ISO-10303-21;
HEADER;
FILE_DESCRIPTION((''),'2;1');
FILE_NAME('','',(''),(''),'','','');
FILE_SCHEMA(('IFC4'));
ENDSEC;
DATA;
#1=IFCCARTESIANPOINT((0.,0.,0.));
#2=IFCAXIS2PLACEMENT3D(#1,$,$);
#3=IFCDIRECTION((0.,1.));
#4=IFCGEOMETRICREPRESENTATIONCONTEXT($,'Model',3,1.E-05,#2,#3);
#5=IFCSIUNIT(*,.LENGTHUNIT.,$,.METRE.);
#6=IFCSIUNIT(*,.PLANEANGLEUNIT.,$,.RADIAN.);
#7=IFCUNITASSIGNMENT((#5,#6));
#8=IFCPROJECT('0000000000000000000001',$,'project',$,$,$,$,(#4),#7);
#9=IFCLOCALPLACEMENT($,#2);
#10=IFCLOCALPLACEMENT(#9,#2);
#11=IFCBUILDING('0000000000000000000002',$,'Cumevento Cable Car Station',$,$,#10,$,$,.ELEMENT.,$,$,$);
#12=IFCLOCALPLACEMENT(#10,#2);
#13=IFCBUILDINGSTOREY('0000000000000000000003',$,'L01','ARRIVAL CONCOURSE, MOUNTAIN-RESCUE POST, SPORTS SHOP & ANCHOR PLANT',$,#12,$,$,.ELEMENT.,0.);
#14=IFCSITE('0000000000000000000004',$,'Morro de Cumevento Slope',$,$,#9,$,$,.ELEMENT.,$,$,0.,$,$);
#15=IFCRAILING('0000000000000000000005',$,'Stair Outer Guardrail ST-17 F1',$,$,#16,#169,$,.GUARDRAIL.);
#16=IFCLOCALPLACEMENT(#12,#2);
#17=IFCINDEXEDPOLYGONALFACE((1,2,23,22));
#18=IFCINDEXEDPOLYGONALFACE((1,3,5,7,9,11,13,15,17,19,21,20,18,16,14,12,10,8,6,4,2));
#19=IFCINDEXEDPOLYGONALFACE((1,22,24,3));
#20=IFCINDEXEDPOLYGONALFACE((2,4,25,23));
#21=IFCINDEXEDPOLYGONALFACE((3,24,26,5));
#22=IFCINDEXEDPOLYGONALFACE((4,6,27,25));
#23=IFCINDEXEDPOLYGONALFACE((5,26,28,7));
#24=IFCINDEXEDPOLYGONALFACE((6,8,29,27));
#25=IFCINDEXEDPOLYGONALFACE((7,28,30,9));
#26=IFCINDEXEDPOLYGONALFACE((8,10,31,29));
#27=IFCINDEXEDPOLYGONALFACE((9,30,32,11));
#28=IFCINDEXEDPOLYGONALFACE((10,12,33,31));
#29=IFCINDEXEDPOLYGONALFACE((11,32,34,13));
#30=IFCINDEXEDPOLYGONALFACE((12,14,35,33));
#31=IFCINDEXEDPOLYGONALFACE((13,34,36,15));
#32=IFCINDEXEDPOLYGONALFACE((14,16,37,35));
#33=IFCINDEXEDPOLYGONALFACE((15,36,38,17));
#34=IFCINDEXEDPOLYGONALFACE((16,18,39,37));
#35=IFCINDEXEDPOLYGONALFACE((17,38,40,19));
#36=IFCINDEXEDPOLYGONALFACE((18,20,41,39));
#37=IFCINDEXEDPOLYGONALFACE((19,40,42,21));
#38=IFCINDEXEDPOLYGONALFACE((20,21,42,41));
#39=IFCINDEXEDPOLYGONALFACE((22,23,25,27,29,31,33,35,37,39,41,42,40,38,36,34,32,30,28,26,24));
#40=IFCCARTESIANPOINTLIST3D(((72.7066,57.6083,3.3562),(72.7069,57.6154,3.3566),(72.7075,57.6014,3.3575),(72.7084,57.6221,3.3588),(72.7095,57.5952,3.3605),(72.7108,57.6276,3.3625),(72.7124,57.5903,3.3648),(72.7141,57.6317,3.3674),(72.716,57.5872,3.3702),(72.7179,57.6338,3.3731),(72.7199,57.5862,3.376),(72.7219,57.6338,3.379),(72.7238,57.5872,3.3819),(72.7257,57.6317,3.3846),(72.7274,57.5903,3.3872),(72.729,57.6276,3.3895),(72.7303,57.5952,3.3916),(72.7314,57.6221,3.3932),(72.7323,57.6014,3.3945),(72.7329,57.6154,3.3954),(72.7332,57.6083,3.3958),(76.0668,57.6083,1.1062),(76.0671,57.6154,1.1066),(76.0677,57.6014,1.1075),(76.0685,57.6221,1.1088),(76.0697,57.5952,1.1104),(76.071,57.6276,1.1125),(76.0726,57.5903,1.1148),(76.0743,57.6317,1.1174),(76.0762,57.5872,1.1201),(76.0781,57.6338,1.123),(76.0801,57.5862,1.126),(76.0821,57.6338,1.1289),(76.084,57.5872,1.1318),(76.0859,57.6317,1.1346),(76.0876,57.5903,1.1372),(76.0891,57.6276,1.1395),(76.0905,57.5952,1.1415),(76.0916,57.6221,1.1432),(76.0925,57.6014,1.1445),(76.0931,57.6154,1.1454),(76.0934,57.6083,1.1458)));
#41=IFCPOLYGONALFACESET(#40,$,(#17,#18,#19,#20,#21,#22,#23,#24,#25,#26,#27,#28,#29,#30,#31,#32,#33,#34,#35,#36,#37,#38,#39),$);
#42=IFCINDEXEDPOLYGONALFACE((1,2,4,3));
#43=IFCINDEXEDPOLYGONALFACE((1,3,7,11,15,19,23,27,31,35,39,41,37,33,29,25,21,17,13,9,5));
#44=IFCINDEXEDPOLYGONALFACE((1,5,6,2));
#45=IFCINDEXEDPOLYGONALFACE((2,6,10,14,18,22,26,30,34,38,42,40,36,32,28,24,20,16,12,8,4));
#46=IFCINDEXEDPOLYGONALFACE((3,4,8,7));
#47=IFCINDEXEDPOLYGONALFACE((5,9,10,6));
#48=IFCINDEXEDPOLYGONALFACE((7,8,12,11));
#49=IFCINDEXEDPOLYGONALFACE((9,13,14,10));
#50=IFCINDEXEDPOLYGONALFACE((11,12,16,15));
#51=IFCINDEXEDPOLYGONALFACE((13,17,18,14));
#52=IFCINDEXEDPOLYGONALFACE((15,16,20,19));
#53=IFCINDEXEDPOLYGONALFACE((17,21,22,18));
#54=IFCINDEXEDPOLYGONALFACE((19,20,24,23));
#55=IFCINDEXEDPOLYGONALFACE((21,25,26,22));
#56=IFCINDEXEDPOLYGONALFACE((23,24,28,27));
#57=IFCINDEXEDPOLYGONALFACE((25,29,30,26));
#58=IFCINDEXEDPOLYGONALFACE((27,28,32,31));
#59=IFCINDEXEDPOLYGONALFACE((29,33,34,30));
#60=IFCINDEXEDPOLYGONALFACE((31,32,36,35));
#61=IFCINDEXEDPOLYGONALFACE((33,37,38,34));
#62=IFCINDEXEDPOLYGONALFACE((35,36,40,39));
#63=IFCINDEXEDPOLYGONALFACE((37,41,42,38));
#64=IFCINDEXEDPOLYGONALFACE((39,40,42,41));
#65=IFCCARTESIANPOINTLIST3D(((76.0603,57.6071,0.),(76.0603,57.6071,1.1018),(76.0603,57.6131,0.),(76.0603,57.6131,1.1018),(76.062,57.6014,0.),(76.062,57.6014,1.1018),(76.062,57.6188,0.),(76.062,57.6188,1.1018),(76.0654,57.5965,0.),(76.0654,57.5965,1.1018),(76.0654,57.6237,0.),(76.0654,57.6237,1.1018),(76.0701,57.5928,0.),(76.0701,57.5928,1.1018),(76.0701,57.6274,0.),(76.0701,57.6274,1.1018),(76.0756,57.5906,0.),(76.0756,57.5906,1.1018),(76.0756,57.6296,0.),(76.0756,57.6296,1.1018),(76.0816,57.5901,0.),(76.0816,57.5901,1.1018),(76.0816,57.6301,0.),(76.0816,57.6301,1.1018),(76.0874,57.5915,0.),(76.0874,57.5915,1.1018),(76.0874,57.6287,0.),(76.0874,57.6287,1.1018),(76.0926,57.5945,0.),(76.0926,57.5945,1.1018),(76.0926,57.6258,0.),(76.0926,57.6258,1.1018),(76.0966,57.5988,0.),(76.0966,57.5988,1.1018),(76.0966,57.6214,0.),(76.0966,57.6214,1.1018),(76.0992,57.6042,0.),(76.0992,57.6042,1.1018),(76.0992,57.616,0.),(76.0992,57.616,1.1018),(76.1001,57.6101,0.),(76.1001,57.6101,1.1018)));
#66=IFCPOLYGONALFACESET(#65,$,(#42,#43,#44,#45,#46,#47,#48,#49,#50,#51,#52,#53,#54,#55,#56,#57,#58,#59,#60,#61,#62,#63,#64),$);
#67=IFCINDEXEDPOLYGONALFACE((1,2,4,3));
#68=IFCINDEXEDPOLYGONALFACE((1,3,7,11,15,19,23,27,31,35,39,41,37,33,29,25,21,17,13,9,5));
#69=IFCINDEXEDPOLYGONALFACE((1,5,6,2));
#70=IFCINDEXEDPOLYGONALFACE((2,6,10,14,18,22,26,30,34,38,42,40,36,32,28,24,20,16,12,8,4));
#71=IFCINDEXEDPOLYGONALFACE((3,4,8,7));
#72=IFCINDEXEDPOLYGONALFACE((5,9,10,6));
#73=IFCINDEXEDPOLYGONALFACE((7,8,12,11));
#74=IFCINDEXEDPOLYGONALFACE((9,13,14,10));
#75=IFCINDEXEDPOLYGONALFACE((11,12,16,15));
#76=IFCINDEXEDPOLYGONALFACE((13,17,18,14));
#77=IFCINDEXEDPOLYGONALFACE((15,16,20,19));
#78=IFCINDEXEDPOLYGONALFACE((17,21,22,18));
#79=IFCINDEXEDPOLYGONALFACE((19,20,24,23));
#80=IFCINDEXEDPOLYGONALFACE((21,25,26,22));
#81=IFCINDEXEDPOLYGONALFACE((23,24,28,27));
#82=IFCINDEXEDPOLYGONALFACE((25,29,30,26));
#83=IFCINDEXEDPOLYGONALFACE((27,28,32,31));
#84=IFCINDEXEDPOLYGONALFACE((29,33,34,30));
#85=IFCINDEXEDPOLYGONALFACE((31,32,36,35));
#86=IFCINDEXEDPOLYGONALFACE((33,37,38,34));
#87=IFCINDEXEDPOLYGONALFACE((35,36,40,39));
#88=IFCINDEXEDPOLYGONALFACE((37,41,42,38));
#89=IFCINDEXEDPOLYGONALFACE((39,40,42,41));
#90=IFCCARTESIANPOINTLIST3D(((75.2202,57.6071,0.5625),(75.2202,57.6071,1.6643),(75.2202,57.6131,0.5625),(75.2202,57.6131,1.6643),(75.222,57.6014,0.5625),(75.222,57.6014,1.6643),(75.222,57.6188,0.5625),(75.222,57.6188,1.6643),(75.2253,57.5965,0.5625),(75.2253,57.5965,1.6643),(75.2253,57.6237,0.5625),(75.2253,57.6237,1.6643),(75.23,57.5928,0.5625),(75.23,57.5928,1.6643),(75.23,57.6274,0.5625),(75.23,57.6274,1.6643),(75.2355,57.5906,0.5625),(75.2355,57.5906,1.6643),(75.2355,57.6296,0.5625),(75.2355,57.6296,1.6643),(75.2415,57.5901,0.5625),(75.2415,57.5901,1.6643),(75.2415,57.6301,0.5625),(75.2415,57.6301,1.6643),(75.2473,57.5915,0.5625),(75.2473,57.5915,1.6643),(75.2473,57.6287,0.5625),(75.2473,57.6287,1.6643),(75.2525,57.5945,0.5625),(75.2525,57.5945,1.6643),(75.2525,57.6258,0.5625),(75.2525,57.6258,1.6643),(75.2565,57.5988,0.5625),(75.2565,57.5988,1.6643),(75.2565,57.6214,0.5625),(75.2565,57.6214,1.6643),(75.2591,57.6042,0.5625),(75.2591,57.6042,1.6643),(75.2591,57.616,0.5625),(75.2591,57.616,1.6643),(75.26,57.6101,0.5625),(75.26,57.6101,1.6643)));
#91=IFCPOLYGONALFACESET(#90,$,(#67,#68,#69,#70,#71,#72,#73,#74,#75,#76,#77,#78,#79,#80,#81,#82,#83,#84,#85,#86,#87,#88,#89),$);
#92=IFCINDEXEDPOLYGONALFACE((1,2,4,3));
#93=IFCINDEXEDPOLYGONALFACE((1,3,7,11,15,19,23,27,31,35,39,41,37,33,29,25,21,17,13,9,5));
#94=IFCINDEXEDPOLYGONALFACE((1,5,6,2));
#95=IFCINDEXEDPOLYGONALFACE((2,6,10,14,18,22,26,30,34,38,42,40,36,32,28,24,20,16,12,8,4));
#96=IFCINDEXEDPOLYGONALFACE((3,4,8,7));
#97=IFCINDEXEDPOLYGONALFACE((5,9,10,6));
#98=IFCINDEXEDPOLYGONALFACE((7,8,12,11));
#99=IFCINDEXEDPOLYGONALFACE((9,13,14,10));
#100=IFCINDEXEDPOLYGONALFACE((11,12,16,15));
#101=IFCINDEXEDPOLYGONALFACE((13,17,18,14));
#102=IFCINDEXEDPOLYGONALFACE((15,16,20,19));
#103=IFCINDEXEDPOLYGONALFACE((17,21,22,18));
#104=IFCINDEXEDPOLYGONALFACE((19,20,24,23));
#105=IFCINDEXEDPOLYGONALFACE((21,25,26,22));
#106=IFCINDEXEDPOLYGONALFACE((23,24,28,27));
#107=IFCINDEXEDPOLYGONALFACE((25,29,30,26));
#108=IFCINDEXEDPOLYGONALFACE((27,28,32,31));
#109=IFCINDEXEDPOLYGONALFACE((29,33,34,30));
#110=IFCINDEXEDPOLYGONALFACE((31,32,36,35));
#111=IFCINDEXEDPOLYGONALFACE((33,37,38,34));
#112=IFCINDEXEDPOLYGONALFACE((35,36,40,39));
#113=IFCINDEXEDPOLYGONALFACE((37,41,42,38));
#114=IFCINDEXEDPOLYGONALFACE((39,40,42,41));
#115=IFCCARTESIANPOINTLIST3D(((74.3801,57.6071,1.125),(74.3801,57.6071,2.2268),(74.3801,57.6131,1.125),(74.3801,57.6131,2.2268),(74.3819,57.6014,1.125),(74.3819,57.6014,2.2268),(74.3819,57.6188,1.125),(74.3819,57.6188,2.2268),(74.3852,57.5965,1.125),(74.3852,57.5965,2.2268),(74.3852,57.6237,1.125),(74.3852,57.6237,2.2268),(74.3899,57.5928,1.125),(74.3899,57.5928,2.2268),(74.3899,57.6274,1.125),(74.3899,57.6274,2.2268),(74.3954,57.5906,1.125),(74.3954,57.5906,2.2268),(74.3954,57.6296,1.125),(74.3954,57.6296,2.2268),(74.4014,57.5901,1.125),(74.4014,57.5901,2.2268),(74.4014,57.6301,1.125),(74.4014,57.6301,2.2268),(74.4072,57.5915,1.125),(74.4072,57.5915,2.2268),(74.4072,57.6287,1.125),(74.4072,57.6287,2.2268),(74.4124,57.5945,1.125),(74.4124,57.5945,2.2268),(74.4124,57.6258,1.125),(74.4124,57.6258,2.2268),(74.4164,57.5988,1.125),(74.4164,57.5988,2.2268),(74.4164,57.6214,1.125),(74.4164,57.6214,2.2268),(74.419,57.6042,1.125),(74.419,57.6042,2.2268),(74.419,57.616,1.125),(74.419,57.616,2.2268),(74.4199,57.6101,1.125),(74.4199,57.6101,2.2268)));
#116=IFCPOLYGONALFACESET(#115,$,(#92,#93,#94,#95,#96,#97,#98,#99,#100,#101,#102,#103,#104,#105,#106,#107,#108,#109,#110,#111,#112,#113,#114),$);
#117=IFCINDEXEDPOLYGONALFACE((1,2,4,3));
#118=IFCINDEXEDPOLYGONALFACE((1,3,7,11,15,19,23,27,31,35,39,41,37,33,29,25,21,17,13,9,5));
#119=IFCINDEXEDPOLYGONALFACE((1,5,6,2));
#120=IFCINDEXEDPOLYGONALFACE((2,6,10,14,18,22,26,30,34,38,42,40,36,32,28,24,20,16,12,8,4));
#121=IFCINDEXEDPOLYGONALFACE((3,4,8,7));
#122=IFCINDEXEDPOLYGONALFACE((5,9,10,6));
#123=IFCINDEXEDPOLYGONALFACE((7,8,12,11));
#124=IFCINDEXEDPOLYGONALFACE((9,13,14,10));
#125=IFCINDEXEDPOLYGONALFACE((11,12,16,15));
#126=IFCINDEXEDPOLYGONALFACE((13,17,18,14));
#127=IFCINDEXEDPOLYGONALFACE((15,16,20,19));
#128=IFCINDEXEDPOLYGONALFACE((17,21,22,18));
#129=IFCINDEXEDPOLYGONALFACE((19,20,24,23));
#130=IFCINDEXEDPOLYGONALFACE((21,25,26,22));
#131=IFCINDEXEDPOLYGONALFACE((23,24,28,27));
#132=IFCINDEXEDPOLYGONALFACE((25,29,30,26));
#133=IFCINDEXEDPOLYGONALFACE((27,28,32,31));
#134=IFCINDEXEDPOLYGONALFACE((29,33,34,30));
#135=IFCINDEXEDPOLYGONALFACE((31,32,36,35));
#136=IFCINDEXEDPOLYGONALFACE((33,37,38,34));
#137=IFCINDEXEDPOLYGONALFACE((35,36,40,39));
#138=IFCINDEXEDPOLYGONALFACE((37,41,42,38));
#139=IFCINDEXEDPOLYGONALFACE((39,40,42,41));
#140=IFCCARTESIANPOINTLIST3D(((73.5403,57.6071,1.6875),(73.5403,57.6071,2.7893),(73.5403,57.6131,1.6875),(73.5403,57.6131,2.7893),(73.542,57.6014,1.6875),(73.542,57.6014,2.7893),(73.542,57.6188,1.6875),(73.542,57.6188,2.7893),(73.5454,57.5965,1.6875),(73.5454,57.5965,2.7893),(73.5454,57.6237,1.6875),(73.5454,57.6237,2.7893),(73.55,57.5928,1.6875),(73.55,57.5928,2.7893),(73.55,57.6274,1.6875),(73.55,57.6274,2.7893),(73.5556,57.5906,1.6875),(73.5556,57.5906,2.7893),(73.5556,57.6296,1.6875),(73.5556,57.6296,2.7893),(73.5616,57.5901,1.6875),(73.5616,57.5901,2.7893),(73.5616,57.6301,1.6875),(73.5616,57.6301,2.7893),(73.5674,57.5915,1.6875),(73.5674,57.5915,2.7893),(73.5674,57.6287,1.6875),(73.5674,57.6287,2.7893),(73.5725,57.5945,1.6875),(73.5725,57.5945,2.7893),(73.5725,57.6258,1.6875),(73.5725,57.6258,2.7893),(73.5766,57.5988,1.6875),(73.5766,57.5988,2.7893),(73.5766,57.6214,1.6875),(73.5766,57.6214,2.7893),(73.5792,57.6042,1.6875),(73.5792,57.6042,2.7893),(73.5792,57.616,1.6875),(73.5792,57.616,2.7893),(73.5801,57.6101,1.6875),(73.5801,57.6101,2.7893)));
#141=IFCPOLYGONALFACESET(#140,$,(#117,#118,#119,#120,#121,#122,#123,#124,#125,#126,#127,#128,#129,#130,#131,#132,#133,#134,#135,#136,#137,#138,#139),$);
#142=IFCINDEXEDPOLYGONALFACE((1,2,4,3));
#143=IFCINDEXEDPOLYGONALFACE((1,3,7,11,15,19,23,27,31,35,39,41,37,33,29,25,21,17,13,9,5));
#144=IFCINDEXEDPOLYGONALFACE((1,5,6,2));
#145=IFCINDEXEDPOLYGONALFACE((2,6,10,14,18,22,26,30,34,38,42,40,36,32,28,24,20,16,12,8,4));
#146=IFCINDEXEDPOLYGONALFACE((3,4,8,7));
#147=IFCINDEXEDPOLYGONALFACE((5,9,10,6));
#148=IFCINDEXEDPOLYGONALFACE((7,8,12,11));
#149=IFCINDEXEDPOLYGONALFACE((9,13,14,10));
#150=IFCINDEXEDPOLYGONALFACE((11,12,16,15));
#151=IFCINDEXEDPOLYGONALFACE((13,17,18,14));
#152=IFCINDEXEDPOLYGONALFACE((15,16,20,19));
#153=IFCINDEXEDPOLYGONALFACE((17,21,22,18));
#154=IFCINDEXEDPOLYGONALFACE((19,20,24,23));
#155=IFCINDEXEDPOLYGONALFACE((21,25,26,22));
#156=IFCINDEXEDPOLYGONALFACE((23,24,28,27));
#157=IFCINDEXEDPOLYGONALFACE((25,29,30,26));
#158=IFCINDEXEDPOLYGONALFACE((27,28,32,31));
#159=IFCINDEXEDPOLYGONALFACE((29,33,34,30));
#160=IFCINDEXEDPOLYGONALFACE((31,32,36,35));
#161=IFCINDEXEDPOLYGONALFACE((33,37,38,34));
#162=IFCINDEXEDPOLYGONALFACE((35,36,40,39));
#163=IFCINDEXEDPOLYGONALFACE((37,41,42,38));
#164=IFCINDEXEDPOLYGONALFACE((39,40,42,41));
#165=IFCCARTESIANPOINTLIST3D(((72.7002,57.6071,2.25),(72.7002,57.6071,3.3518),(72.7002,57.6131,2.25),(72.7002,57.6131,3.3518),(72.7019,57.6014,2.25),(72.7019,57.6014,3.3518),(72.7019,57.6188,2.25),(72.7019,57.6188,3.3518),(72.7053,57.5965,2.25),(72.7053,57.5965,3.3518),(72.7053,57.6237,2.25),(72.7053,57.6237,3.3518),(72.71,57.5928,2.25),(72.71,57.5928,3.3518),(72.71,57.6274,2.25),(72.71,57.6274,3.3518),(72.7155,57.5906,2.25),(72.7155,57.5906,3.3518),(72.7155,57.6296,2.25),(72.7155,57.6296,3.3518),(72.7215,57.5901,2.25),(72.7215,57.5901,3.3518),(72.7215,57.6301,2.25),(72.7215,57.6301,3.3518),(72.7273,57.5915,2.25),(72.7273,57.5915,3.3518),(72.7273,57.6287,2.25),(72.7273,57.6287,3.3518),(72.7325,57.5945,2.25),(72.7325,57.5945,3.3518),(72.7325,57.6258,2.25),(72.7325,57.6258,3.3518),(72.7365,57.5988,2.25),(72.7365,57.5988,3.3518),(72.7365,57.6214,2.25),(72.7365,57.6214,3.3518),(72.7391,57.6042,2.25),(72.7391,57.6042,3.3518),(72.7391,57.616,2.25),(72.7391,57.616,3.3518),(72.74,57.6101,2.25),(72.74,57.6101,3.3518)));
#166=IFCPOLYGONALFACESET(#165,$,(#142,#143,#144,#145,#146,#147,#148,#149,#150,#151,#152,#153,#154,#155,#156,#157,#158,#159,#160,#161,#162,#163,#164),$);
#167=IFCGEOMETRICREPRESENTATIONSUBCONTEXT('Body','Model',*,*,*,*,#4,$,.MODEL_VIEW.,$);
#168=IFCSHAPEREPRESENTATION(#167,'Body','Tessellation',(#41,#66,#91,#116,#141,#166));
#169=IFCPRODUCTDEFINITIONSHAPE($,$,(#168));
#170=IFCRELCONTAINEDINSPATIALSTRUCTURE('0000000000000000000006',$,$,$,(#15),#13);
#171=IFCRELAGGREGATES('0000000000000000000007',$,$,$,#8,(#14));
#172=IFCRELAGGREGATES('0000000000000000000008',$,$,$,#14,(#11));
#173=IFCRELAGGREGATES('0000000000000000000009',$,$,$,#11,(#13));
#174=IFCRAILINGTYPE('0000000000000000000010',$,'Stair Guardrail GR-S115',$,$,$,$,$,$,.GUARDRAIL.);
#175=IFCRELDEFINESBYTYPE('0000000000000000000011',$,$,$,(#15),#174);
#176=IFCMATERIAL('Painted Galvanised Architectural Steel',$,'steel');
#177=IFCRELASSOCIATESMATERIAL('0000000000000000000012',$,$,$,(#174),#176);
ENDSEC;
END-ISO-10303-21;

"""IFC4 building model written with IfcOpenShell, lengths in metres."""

from ifc_helpers import new_model, si_unit, direction, frame, origin, origin_2d, place, context, subcontext, project, spatial, circle, extrude, material, type_object, element, save


model = new_model("IFC4")

# Units and contexts
model_context = context("Model", 3, precision=1e-05, world=origin(), true_north=direction((0.0, 1.0)))
body_context = subcontext(model_context, "Body", "Model", "MODEL_VIEW")
ifc_project = project(units=[si_unit("LENGTHUNIT", "METRE"), si_unit("PLANEANGLEUNIT", "RADIAN")], contexts=[model_context])

# Site, building, storey
site_placement = place(None, origin())
site = spatial("IfcSite", under=ifc_project, at=site_placement, Name="Morro de Cumevento Slope", CompositionType="ELEMENT", RefElevation=0.0)
building_placement = place(site_placement, origin())
building = spatial("IfcBuilding", under=site, at=building_placement, Name="Cumevento Cable Car Station", CompositionType="ELEMENT")
storey_placement = place(building_placement, origin())
storey = spatial("IfcBuildingStorey", under=building, at=storey_placement, Name="L01", Description="ARRIVAL CONCOURSE, MOUNTAIN-RESCUE POST, SPORTS SHOP & ANCHOR PLANT", CompositionType="ELEMENT", Elevation=0.0)

# Railing
ifc_material_1 = material(Name="Painted Galvanised Architectural Steel", Category="steel")
railing_type_1 = type_object("IfcRailingType", Name="Stair Guardrail GR-S115", PredefinedType="GUARDRAIL", material=ifc_material_1)
railing_1_placement = place(storey_placement, frame((76.0801, 57.6101, 0.0)))
element("IfcRailing", 1, at=railing_1_placement, inside=storey, type_object=railing_type_1, Name="Stair Outer Guardrail ST-17 F1", PredefinedType="GUARDRAIL", context=body_context, shape_type="SweptSolid", body=[
    extrude(circle(Radius=0.0239, at=origin_2d()), frame((0.0, 0.0, 1.126), z_axis=(-0.830915, 0.0, 0.556399), x_axis=(0.0, -1.0, 0.0)), (0.0, 0.0, 1.0), 4.0439),
    extrude(circle(Radius=0.02, at=origin_2d()), origin(), (0.0, 0.0, 1.0), 1.1018),
    extrude(circle(Radius=0.02, at=origin_2d()), frame((-0.8401, 0.0, 0.5625)), (0.0, 0.0, 1.0), 1.1018),
    extrude(circle(Radius=0.02, at=origin_2d()), frame((-1.6802, 0.0, 1.125)), (0.0, 0.0, 1.0), 1.1018),
    extrude(circle(Radius=0.02, at=origin_2d()), frame((-2.52, 0.0, 1.6875)), (0.0, 0.0, 1.0), 1.1018),
    extrude(circle(Radius=0.02, at=origin_2d()), frame((-3.3601, 0.0, 2.25)), (0.0, 0.0, 1.0), 1.1018),
])

save(model, "model.ifc")
